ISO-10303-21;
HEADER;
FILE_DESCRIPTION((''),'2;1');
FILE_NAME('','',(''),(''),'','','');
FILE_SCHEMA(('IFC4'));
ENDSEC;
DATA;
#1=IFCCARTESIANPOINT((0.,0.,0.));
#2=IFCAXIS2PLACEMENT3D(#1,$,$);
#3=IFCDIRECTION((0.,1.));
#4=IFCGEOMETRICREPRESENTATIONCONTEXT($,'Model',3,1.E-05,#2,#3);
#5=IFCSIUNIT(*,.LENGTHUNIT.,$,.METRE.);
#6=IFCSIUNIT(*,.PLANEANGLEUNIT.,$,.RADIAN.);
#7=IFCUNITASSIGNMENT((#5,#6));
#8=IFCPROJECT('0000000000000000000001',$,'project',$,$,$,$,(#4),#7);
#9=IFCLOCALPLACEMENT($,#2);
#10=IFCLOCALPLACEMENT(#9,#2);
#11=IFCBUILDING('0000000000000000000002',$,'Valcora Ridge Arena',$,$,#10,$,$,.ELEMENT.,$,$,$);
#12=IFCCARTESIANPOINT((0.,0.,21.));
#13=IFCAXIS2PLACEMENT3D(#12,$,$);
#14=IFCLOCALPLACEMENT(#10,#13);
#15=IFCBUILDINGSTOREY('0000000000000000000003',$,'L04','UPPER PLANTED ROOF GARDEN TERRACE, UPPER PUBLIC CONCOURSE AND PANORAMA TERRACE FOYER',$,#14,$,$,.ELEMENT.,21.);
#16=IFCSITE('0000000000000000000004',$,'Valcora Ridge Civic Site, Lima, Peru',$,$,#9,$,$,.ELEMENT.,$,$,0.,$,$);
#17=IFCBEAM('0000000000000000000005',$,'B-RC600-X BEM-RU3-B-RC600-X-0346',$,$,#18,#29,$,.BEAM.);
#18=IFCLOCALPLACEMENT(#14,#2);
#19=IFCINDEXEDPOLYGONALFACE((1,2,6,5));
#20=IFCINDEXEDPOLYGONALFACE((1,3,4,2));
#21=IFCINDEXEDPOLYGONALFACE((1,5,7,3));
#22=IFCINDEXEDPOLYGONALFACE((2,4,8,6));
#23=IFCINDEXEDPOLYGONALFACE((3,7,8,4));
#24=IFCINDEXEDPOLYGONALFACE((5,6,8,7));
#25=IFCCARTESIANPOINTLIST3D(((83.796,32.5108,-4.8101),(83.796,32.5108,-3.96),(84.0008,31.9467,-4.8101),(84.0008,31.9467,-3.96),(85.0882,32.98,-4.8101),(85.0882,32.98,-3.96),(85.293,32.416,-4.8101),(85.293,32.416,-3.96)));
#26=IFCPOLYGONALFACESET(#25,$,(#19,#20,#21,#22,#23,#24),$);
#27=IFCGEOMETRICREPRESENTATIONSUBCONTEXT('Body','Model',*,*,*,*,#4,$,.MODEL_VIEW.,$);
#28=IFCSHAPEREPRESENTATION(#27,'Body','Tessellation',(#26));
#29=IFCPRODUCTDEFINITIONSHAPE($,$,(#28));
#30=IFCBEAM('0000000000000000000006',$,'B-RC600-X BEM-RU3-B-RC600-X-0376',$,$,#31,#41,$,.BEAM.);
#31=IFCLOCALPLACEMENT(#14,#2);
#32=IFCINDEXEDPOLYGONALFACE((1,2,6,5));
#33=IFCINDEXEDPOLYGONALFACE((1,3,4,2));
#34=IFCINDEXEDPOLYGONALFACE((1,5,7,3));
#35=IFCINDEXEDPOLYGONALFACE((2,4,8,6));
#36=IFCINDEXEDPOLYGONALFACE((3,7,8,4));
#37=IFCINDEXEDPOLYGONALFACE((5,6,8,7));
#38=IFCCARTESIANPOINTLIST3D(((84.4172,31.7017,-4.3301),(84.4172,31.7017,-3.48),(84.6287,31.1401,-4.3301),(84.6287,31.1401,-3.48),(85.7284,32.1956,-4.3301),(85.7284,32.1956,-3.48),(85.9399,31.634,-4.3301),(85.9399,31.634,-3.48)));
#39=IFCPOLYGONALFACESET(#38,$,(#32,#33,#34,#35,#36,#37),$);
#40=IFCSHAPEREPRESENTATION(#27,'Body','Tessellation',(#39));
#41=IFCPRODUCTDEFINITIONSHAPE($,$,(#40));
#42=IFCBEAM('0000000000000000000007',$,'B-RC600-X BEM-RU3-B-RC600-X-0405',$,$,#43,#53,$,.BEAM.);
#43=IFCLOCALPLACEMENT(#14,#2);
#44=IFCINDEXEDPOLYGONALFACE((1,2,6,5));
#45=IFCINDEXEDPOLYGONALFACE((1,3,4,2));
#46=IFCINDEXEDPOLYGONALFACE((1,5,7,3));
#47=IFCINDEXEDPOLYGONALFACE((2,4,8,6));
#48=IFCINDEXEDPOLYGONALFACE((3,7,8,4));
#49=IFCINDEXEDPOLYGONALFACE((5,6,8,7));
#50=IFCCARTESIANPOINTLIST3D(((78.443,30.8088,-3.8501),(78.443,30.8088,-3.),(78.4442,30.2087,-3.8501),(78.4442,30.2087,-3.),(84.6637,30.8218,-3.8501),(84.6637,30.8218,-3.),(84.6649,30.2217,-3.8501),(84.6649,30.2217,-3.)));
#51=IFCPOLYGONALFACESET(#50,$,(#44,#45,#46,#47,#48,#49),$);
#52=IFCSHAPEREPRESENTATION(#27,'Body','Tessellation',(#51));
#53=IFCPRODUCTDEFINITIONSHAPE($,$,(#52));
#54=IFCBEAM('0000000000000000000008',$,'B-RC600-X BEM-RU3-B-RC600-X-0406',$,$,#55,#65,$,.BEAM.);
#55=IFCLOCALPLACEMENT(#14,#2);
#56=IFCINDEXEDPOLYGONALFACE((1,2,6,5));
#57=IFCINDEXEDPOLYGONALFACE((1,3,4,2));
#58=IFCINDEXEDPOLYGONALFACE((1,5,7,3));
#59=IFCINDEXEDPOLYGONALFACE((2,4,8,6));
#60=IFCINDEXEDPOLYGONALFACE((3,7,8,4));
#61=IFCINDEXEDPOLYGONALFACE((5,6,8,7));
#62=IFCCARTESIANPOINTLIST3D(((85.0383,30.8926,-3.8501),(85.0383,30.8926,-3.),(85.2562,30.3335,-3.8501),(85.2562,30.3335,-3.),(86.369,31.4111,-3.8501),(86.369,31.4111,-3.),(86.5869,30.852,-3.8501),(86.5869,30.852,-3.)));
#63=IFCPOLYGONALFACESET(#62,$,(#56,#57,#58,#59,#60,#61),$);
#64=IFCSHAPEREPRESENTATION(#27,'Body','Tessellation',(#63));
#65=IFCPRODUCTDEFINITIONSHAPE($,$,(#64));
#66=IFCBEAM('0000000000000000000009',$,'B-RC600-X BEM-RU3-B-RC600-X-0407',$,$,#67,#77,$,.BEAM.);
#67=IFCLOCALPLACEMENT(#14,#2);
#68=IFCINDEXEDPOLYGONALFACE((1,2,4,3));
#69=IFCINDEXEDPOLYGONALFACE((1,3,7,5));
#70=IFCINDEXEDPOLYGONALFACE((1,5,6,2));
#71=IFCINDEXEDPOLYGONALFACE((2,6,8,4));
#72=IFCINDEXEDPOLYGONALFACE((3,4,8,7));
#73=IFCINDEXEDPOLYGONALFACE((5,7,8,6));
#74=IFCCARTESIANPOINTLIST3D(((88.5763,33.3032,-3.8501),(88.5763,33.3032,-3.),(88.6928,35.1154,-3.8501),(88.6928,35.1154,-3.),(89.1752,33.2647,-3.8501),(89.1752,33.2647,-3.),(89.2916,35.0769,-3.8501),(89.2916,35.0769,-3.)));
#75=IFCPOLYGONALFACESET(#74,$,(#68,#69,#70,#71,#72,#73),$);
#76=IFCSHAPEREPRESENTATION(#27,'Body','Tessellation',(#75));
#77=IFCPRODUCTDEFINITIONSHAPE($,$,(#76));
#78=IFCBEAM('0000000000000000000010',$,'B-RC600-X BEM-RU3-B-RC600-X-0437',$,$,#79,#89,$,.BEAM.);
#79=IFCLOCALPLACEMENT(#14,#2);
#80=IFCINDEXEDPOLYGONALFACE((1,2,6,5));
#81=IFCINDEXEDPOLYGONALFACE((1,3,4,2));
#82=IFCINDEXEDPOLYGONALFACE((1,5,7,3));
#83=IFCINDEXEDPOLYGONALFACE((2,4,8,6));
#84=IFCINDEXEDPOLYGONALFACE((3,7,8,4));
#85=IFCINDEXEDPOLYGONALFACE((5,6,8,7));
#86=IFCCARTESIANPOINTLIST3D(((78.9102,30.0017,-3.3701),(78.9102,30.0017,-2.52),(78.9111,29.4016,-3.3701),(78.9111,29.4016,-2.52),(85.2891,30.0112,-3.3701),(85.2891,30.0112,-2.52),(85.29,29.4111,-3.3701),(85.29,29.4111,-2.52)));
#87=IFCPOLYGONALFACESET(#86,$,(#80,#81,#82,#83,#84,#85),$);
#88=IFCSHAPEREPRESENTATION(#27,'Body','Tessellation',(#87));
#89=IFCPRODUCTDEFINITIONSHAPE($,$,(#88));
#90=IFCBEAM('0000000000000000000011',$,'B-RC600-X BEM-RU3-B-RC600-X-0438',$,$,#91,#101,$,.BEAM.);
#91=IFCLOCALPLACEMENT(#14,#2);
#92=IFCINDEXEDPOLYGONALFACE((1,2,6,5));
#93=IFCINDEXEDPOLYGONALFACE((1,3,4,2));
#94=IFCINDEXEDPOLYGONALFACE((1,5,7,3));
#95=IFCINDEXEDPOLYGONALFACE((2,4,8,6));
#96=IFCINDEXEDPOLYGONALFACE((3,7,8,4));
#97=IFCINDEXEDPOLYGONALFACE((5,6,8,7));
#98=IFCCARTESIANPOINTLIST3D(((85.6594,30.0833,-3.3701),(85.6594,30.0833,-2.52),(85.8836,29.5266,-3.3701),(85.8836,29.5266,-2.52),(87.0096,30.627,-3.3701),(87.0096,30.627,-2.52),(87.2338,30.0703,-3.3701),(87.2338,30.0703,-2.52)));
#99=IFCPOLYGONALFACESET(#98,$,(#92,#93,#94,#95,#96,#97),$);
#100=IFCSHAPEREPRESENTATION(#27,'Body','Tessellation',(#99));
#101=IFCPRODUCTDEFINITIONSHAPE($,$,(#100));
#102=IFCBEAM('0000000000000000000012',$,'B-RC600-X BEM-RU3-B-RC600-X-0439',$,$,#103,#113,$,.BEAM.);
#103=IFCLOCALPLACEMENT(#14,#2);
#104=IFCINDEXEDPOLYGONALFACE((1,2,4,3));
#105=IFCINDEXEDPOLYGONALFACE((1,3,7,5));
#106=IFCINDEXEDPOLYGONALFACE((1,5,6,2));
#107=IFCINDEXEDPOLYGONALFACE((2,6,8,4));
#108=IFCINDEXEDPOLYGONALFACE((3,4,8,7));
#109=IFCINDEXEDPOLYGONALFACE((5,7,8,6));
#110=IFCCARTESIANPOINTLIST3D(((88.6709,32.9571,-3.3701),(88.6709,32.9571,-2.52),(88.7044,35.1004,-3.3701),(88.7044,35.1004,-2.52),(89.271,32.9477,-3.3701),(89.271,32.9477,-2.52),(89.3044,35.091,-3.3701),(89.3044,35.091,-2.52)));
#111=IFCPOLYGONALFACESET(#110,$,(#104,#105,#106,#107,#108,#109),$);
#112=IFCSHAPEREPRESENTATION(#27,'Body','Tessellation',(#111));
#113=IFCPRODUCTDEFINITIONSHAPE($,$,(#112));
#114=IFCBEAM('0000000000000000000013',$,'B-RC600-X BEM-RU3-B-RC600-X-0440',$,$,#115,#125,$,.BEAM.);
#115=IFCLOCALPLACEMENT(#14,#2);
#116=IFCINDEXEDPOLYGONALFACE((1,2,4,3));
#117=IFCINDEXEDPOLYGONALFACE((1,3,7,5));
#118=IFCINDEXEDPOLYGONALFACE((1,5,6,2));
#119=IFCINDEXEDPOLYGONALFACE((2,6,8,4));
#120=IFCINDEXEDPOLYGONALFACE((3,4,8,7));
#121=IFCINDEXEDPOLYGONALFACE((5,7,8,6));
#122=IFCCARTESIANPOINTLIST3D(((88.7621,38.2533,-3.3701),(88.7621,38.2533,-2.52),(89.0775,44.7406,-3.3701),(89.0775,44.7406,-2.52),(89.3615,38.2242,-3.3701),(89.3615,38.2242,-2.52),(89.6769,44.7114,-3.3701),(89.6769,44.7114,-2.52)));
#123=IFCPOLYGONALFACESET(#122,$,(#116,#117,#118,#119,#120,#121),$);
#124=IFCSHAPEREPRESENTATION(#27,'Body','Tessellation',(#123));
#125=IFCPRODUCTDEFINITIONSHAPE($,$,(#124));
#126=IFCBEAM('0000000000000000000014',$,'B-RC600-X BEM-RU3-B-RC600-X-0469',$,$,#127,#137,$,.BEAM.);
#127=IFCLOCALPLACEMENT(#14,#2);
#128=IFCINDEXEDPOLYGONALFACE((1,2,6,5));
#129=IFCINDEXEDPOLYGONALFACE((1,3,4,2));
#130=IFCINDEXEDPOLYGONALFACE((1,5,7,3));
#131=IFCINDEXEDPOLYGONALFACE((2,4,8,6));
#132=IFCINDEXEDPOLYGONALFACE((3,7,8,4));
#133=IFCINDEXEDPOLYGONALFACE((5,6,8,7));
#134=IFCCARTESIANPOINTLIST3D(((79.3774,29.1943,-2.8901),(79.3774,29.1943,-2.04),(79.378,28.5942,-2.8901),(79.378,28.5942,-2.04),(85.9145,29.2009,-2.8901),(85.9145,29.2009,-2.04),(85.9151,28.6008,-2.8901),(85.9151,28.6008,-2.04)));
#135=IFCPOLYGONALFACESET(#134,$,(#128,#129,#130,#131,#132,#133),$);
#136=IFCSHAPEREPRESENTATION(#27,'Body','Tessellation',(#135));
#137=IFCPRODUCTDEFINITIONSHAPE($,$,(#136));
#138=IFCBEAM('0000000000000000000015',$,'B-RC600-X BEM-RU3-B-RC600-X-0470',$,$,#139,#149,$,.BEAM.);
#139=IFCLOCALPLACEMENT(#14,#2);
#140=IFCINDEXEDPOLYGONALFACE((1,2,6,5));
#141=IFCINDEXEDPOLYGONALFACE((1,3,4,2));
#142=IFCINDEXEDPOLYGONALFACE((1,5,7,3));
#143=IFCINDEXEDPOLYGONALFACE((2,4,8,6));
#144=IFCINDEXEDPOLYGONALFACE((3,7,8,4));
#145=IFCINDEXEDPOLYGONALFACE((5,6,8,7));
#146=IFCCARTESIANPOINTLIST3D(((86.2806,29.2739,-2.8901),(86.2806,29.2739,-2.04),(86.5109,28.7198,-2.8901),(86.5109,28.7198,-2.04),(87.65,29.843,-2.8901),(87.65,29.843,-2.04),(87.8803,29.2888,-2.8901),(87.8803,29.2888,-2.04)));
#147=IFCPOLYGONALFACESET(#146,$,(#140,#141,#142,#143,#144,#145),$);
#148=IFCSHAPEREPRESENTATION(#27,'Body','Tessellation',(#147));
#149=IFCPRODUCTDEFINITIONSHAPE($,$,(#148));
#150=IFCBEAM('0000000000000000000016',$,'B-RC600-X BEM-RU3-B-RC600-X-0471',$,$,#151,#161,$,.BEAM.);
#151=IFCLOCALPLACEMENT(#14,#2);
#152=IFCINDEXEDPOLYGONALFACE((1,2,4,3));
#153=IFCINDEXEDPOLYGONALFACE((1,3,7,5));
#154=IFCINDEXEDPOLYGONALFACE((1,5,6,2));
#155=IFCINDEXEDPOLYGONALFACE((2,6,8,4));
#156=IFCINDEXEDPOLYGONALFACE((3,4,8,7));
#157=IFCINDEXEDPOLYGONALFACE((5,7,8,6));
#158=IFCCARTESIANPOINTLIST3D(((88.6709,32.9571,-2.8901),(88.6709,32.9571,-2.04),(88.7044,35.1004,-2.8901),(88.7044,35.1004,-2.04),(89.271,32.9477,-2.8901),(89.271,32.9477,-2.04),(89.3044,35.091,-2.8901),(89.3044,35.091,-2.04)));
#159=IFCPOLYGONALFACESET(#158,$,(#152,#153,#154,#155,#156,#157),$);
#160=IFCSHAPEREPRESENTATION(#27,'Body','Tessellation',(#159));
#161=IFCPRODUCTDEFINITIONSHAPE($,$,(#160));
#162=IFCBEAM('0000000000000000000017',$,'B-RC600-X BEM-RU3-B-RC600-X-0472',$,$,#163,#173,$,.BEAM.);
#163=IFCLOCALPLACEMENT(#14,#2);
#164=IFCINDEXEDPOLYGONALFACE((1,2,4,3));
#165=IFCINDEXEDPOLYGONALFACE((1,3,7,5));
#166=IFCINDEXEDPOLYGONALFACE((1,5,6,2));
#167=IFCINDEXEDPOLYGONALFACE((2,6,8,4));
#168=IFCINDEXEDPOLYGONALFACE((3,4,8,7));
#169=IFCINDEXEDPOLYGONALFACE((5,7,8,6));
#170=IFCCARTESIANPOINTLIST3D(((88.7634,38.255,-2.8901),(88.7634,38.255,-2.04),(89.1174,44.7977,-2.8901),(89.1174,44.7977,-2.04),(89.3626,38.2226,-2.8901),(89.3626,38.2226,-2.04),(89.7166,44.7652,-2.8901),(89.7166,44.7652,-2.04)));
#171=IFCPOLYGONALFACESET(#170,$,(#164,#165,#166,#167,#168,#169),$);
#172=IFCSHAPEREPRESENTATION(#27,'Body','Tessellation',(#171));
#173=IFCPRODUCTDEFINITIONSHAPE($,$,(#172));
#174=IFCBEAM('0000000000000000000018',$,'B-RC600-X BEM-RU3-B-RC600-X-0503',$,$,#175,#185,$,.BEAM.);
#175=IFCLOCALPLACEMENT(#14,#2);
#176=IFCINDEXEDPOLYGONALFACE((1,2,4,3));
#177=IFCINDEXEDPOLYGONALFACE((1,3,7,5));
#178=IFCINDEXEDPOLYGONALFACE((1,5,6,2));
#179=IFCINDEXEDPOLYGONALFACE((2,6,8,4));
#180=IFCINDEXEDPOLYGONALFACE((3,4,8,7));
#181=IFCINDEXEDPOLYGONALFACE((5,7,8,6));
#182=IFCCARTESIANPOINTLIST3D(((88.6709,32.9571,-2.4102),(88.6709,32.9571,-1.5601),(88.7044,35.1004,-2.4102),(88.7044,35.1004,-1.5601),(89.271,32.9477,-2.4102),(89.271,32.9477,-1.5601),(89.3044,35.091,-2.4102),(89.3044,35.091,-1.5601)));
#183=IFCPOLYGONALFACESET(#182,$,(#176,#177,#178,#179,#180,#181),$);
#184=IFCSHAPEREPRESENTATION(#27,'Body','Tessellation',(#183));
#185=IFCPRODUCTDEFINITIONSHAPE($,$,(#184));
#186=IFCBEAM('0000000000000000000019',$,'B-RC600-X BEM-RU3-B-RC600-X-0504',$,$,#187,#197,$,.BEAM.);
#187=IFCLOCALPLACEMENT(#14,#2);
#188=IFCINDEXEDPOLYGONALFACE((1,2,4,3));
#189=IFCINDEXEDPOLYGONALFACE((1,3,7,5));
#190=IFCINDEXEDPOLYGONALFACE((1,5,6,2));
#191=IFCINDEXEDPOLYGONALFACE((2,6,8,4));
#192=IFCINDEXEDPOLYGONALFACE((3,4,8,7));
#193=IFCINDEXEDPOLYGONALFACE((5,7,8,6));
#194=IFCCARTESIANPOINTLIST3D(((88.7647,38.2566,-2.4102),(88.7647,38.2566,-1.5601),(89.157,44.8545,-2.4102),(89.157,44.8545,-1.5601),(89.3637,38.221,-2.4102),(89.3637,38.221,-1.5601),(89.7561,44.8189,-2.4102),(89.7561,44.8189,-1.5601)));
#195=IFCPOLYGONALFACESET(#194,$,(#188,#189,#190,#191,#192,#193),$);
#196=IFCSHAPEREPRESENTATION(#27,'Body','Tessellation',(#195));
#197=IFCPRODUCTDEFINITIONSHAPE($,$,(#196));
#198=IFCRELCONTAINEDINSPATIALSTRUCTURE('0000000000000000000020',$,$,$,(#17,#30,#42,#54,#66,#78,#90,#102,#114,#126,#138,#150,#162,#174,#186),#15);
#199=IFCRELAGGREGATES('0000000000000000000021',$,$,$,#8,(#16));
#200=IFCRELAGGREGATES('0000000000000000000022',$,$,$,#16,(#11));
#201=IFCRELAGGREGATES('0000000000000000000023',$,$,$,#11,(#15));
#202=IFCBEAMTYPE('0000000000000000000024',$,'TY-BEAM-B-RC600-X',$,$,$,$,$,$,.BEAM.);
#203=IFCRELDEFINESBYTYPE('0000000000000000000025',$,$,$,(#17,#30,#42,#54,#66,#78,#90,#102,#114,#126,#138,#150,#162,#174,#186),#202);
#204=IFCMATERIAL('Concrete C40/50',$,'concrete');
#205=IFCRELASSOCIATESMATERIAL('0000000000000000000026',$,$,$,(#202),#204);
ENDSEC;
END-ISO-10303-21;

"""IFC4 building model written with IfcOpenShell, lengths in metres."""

from ifc_helpers import new_model, si_unit, direction, frame, origin, origin_2d, place, context, subcontext, project, spatial, rectangle, extrude, material, material_profile, profile_set, type_object, element, save


model = new_model("IFC4")

# Units and contexts
model_context = context("Model", 3, precision=1e-05, world=origin(), true_north=direction((0.0, 1.0)))
body_context = subcontext(model_context, "Body", "Model", "MODEL_VIEW")
ifc_project = project(units=[si_unit("LENGTHUNIT", "METRE"), si_unit("PLANEANGLEUNIT", "RADIAN")], contexts=[model_context])

# Site, building, storey
site_placement = place(None, origin())
site = spatial("IfcSite", under=ifc_project, at=site_placement, Name="Valcora Ridge Civic Site, Lima, Peru", CompositionType="ELEMENT", RefElevation=0.0)
building_placement = place(site_placement, origin())
building = spatial("IfcBuilding", under=site, at=building_placement, Name="Valcora Ridge Arena", CompositionType="ELEMENT")
storey_placement = place(building_placement, frame((0.0, 0.0, 21.0)))
storey = spatial("IfcBuildingStorey", under=building, at=storey_placement, Name="L04", Description="UPPER PLANTED ROOF GARDEN TERRACE, UPPER PUBLIC CONCOURSE AND PANORAMA TERRACE FOYER", CompositionType="ELEMENT", Elevation=21.0)

# Beams
ifc_material_1 = material(Name="Concrete C40/50", Category="concrete")
ifc_material_profile_1 = material_profile(ifc_material_1, rectangle(XDim=0.6001, YDim=0.8501, at=origin_2d()), Name="RC 600x850")
ifc_profile_set_1 = profile_set([ifc_material_profile_1], Name="Concrete C40/50")
beam_type_1 = type_object("IfcBeamType", Name="TY-BEAM-B-RC600-X", PredefinedType="BEAM", material=ifc_profile_set_1)
beam_1_placement = place(storey_placement, frame((83.8984, 32.2288, -4.385), z_axis=(0.939949, 0.341315, 0.0), x_axis=(-0.341315, 0.939949, 0.0)))
element("IfcBeam", 1, at=beam_1_placement, inside=storey, type_object=beam_type_1, Name="B-RC600-X BEM-RU3-B-RC600-X-0346", PredefinedType="BEAM", context=body_context, shape_type="SweptSolid", body=[
    extrude(rectangle(XDim=0.6001, YDim=0.8501, at=origin_2d()), origin(), (0.0, 0.0, 1.0), 1.3748),
])
beam_2_placement = place(storey_placement, frame((84.5229, 31.4209, -3.905), z_axis=(0.93582, 0.352479, 0.0), x_axis=(-0.352479, 0.93582, 0.0)))
element("IfcBeam", 2, at=beam_2_placement, inside=storey, type_object=beam_type_1, Name="B-RC600-X BEM-RU3-B-RC600-X-0376", PredefinedType="BEAM", context=body_context, shape_type="SweptSolid", body=[
    extrude(rectangle(XDim=0.6001, YDim=0.8501, at=origin_2d()), origin(), (0.0, 0.0, 1.0), 1.4011),
])
beam_3_placement = place(storey_placement, frame((78.4436, 30.5088, -3.425), z_axis=(0.999998, 0.00208, 0.0), x_axis=(-0.00208, 0.999998, 0.0)))
element("IfcBeam", 3, at=beam_3_placement, inside=storey, type_object=beam_type_1, Name="B-RC600-X BEM-RU3-B-RC600-X-0405", PredefinedType="BEAM", context=body_context, shape_type="SweptSolid", body=[
    extrude(rectangle(XDim=0.6001, YDim=0.8501, at=origin_2d()), origin(), (0.0, 0.0, 1.0), 6.2207),
])
beam_4_placement = place(storey_placement, frame((85.1472, 30.613, -3.425), z_axis=(0.931764, 0.363065, 0.0), x_axis=(-0.363065, 0.931764, 0.0)))
element("IfcBeam", 4, at=beam_4_placement, inside=storey, type_object=beam_type_1, Name="B-RC600-X BEM-RU3-B-RC600-X-0406", PredefinedType="BEAM", context=body_context, shape_type="SweptSolid", body=[
    extrude(rectangle(XDim=0.6001, YDim=0.8501, at=origin_2d()), origin(), (0.0, 0.0, 1.0), 1.4282),
])
beam_5_placement = place(storey_placement, frame((88.8757, 33.2839, -3.425), z_axis=(0.064127, 0.997942, 0.0), x_axis=(-0.997942, 0.064127, 0.0)))
element("IfcBeam", 5, at=beam_5_placement, inside=storey, type_object=beam_type_1, Name="B-RC600-X BEM-RU3-B-RC600-X-0407", PredefinedType="BEAM", context=body_context, shape_type="SweptSolid", body=[
    extrude(rectangle(XDim=0.6001, YDim=0.8501, at=origin_2d()), origin(), (0.0, 0.0, 1.0), 1.8159),
])
beam_6_placement = place(storey_placement, frame((78.9106, 29.7017, -2.9451), z_axis=(0.999999, 0.001493, 0.0), x_axis=(-0.001493, 0.999999, 0.0)))
element("IfcBeam", 6, at=beam_6_placement, inside=storey, type_object=beam_type_1, Name="B-RC600-X BEM-RU3-B-RC600-X-0437", PredefinedType="BEAM", context=body_context, shape_type="SweptSolid", body=[
    extrude(rectangle(XDim=0.6001, YDim=0.8501, at=origin_2d()), origin(), (0.0, 0.0, 1.0), 6.3789),
])
beam_7_placement = place(storey_placement, frame((85.7715, 29.8049, -2.9451), z_axis=(0.927607, 0.373559, 0.0), x_axis=(-0.373559, 0.927607, 0.0)))
element("IfcBeam", 7, at=beam_7_placement, inside=storey, type_object=beam_type_1, Name="B-RC600-X BEM-RU3-B-RC600-X-0438", PredefinedType="BEAM", context=body_context, shape_type="SweptSolid", body=[
    extrude(rectangle(XDim=0.6001, YDim=0.8501, at=origin_2d()), origin(), (0.0, 0.0, 1.0), 1.4556),
])
beam_8_placement = place(storey_placement, frame((88.9709, 32.9524, -2.9451), z_axis=(0.015604, 0.999878, 0.0), x_axis=(-0.999878, 0.015604, 0.0)))
element("IfcBeam", 8, at=beam_8_placement, inside=storey, type_object=beam_type_1, Name="B-RC600-X BEM-RU3-B-RC600-X-0439", PredefinedType="BEAM", context=body_context, shape_type="SweptSolid", body=[
    extrude(rectangle(XDim=0.6001, YDim=0.8501, at=origin_2d()), origin(), (0.0, 0.0, 1.0), 2.1436),
])
beam_9_placement = place(storey_placement, frame((89.0618, 38.2388, -2.9451), z_axis=(0.048565, 0.99882, 0.0), x_axis=(-0.99882, 0.048565, 0.0)))
element("IfcBeam", 9, at=beam_9_placement, inside=storey, type_object=beam_type_1, Name="B-RC600-X BEM-RU3-B-RC600-X-0440", PredefinedType="BEAM", context=body_context, shape_type="SweptSolid", body=[
    extrude(rectangle(XDim=0.6001, YDim=0.8501, at=origin_2d()), origin(), (0.0, 0.0, 1.0), 6.4949),
])
beam_10_placement = place(storey_placement, frame((79.3777, 28.8943, -2.4651), z_axis=(0.999999, 0.001008, 0.0), x_axis=(-0.001008, 0.999999, 0.0)))
element("IfcBeam", 10, at=beam_10_placement, inside=storey, type_object=beam_type_1, Name="B-RC600-X BEM-RU3-B-RC600-X-0469", PredefinedType="BEAM", context=body_context, shape_type="SweptSolid", body=[
    extrude(rectangle(XDim=0.6001, YDim=0.8501, at=origin_2d()), origin(), (0.0, 0.0, 1.0), 6.5371),
])
beam_11_placement = place(storey_placement, frame((86.3958, 28.9968, -2.4651), z_axis=(0.923432, 0.383762, 0.0), x_axis=(-0.383762, 0.923432, 0.0)))
element("IfcBeam", 11, at=beam_11_placement, inside=storey, type_object=beam_type_1, Name="B-RC600-X BEM-RU3-B-RC600-X-0470", PredefinedType="BEAM", context=body_context, shape_type="SweptSolid", body=[
    extrude(rectangle(XDim=0.6001, YDim=0.8501, at=origin_2d()), origin(), (0.0, 0.0, 1.0), 1.4829),
])
beam_12_placement = place(storey_placement, frame((88.9709, 32.9524, -2.4651), z_axis=(0.015604, 0.999878, 0.0), x_axis=(-0.999878, 0.015604, 0.0)))
element("IfcBeam", 12, at=beam_12_placement, inside=storey, type_object=beam_type_1, Name="B-RC600-X BEM-RU3-B-RC600-X-0471", PredefinedType="BEAM", context=body_context, shape_type="SweptSolid", body=[
    extrude(rectangle(XDim=0.6001, YDim=0.8501, at=origin_2d()), origin(), (0.0, 0.0, 1.0), 2.1436),
])
beam_13_placement = place(storey_placement, frame((89.063, 38.2388, -2.4651), z_axis=(0.054027, 0.998539, 0.0), x_axis=(-0.998539, 0.054027, 0.0)))
element("IfcBeam", 13, at=beam_13_placement, inside=storey, type_object=beam_type_1, Name="B-RC600-X BEM-RU3-B-RC600-X-0472", PredefinedType="BEAM", context=body_context, shape_type="SweptSolid", body=[
    extrude(rectangle(XDim=0.6001, YDim=0.8501, at=origin_2d()), origin(), (0.0, 0.0, 1.0), 6.5522),
])
beam_14_placement = place(storey_placement, frame((88.9709, 32.9524, -1.9851), z_axis=(0.015604, 0.999878, 0.0), x_axis=(-0.999878, 0.015604, 0.0)))
element("IfcBeam", 14, at=beam_14_placement, inside=storey, type_object=beam_type_1, Name="B-RC600-X BEM-RU3-B-RC600-X-0503", PredefinedType="BEAM", context=body_context, shape_type="SweptSolid", body=[
    extrude(rectangle(XDim=0.6001, YDim=0.8501, at=origin_2d()), origin(), (0.0, 0.0, 1.0), 2.1436),
])
beam_15_placement = place(storey_placement, frame((89.0642, 38.2388, -1.9851), z_axis=(0.059359, 0.998237, 0.0), x_axis=(-0.998237, 0.059359, 0.0)))
element("IfcBeam", 15, at=beam_15_placement, inside=storey, type_object=beam_type_1, Name="B-RC600-X BEM-RU3-B-RC600-X-0504", PredefinedType="BEAM", context=body_context, shape_type="SweptSolid", body=[
    extrude(rectangle(XDim=0.6001, YDim=0.8501, at=origin_2d()), origin(), (0.0, 0.0, 1.0), 6.6096),
])

save(model, "model.ifc")
